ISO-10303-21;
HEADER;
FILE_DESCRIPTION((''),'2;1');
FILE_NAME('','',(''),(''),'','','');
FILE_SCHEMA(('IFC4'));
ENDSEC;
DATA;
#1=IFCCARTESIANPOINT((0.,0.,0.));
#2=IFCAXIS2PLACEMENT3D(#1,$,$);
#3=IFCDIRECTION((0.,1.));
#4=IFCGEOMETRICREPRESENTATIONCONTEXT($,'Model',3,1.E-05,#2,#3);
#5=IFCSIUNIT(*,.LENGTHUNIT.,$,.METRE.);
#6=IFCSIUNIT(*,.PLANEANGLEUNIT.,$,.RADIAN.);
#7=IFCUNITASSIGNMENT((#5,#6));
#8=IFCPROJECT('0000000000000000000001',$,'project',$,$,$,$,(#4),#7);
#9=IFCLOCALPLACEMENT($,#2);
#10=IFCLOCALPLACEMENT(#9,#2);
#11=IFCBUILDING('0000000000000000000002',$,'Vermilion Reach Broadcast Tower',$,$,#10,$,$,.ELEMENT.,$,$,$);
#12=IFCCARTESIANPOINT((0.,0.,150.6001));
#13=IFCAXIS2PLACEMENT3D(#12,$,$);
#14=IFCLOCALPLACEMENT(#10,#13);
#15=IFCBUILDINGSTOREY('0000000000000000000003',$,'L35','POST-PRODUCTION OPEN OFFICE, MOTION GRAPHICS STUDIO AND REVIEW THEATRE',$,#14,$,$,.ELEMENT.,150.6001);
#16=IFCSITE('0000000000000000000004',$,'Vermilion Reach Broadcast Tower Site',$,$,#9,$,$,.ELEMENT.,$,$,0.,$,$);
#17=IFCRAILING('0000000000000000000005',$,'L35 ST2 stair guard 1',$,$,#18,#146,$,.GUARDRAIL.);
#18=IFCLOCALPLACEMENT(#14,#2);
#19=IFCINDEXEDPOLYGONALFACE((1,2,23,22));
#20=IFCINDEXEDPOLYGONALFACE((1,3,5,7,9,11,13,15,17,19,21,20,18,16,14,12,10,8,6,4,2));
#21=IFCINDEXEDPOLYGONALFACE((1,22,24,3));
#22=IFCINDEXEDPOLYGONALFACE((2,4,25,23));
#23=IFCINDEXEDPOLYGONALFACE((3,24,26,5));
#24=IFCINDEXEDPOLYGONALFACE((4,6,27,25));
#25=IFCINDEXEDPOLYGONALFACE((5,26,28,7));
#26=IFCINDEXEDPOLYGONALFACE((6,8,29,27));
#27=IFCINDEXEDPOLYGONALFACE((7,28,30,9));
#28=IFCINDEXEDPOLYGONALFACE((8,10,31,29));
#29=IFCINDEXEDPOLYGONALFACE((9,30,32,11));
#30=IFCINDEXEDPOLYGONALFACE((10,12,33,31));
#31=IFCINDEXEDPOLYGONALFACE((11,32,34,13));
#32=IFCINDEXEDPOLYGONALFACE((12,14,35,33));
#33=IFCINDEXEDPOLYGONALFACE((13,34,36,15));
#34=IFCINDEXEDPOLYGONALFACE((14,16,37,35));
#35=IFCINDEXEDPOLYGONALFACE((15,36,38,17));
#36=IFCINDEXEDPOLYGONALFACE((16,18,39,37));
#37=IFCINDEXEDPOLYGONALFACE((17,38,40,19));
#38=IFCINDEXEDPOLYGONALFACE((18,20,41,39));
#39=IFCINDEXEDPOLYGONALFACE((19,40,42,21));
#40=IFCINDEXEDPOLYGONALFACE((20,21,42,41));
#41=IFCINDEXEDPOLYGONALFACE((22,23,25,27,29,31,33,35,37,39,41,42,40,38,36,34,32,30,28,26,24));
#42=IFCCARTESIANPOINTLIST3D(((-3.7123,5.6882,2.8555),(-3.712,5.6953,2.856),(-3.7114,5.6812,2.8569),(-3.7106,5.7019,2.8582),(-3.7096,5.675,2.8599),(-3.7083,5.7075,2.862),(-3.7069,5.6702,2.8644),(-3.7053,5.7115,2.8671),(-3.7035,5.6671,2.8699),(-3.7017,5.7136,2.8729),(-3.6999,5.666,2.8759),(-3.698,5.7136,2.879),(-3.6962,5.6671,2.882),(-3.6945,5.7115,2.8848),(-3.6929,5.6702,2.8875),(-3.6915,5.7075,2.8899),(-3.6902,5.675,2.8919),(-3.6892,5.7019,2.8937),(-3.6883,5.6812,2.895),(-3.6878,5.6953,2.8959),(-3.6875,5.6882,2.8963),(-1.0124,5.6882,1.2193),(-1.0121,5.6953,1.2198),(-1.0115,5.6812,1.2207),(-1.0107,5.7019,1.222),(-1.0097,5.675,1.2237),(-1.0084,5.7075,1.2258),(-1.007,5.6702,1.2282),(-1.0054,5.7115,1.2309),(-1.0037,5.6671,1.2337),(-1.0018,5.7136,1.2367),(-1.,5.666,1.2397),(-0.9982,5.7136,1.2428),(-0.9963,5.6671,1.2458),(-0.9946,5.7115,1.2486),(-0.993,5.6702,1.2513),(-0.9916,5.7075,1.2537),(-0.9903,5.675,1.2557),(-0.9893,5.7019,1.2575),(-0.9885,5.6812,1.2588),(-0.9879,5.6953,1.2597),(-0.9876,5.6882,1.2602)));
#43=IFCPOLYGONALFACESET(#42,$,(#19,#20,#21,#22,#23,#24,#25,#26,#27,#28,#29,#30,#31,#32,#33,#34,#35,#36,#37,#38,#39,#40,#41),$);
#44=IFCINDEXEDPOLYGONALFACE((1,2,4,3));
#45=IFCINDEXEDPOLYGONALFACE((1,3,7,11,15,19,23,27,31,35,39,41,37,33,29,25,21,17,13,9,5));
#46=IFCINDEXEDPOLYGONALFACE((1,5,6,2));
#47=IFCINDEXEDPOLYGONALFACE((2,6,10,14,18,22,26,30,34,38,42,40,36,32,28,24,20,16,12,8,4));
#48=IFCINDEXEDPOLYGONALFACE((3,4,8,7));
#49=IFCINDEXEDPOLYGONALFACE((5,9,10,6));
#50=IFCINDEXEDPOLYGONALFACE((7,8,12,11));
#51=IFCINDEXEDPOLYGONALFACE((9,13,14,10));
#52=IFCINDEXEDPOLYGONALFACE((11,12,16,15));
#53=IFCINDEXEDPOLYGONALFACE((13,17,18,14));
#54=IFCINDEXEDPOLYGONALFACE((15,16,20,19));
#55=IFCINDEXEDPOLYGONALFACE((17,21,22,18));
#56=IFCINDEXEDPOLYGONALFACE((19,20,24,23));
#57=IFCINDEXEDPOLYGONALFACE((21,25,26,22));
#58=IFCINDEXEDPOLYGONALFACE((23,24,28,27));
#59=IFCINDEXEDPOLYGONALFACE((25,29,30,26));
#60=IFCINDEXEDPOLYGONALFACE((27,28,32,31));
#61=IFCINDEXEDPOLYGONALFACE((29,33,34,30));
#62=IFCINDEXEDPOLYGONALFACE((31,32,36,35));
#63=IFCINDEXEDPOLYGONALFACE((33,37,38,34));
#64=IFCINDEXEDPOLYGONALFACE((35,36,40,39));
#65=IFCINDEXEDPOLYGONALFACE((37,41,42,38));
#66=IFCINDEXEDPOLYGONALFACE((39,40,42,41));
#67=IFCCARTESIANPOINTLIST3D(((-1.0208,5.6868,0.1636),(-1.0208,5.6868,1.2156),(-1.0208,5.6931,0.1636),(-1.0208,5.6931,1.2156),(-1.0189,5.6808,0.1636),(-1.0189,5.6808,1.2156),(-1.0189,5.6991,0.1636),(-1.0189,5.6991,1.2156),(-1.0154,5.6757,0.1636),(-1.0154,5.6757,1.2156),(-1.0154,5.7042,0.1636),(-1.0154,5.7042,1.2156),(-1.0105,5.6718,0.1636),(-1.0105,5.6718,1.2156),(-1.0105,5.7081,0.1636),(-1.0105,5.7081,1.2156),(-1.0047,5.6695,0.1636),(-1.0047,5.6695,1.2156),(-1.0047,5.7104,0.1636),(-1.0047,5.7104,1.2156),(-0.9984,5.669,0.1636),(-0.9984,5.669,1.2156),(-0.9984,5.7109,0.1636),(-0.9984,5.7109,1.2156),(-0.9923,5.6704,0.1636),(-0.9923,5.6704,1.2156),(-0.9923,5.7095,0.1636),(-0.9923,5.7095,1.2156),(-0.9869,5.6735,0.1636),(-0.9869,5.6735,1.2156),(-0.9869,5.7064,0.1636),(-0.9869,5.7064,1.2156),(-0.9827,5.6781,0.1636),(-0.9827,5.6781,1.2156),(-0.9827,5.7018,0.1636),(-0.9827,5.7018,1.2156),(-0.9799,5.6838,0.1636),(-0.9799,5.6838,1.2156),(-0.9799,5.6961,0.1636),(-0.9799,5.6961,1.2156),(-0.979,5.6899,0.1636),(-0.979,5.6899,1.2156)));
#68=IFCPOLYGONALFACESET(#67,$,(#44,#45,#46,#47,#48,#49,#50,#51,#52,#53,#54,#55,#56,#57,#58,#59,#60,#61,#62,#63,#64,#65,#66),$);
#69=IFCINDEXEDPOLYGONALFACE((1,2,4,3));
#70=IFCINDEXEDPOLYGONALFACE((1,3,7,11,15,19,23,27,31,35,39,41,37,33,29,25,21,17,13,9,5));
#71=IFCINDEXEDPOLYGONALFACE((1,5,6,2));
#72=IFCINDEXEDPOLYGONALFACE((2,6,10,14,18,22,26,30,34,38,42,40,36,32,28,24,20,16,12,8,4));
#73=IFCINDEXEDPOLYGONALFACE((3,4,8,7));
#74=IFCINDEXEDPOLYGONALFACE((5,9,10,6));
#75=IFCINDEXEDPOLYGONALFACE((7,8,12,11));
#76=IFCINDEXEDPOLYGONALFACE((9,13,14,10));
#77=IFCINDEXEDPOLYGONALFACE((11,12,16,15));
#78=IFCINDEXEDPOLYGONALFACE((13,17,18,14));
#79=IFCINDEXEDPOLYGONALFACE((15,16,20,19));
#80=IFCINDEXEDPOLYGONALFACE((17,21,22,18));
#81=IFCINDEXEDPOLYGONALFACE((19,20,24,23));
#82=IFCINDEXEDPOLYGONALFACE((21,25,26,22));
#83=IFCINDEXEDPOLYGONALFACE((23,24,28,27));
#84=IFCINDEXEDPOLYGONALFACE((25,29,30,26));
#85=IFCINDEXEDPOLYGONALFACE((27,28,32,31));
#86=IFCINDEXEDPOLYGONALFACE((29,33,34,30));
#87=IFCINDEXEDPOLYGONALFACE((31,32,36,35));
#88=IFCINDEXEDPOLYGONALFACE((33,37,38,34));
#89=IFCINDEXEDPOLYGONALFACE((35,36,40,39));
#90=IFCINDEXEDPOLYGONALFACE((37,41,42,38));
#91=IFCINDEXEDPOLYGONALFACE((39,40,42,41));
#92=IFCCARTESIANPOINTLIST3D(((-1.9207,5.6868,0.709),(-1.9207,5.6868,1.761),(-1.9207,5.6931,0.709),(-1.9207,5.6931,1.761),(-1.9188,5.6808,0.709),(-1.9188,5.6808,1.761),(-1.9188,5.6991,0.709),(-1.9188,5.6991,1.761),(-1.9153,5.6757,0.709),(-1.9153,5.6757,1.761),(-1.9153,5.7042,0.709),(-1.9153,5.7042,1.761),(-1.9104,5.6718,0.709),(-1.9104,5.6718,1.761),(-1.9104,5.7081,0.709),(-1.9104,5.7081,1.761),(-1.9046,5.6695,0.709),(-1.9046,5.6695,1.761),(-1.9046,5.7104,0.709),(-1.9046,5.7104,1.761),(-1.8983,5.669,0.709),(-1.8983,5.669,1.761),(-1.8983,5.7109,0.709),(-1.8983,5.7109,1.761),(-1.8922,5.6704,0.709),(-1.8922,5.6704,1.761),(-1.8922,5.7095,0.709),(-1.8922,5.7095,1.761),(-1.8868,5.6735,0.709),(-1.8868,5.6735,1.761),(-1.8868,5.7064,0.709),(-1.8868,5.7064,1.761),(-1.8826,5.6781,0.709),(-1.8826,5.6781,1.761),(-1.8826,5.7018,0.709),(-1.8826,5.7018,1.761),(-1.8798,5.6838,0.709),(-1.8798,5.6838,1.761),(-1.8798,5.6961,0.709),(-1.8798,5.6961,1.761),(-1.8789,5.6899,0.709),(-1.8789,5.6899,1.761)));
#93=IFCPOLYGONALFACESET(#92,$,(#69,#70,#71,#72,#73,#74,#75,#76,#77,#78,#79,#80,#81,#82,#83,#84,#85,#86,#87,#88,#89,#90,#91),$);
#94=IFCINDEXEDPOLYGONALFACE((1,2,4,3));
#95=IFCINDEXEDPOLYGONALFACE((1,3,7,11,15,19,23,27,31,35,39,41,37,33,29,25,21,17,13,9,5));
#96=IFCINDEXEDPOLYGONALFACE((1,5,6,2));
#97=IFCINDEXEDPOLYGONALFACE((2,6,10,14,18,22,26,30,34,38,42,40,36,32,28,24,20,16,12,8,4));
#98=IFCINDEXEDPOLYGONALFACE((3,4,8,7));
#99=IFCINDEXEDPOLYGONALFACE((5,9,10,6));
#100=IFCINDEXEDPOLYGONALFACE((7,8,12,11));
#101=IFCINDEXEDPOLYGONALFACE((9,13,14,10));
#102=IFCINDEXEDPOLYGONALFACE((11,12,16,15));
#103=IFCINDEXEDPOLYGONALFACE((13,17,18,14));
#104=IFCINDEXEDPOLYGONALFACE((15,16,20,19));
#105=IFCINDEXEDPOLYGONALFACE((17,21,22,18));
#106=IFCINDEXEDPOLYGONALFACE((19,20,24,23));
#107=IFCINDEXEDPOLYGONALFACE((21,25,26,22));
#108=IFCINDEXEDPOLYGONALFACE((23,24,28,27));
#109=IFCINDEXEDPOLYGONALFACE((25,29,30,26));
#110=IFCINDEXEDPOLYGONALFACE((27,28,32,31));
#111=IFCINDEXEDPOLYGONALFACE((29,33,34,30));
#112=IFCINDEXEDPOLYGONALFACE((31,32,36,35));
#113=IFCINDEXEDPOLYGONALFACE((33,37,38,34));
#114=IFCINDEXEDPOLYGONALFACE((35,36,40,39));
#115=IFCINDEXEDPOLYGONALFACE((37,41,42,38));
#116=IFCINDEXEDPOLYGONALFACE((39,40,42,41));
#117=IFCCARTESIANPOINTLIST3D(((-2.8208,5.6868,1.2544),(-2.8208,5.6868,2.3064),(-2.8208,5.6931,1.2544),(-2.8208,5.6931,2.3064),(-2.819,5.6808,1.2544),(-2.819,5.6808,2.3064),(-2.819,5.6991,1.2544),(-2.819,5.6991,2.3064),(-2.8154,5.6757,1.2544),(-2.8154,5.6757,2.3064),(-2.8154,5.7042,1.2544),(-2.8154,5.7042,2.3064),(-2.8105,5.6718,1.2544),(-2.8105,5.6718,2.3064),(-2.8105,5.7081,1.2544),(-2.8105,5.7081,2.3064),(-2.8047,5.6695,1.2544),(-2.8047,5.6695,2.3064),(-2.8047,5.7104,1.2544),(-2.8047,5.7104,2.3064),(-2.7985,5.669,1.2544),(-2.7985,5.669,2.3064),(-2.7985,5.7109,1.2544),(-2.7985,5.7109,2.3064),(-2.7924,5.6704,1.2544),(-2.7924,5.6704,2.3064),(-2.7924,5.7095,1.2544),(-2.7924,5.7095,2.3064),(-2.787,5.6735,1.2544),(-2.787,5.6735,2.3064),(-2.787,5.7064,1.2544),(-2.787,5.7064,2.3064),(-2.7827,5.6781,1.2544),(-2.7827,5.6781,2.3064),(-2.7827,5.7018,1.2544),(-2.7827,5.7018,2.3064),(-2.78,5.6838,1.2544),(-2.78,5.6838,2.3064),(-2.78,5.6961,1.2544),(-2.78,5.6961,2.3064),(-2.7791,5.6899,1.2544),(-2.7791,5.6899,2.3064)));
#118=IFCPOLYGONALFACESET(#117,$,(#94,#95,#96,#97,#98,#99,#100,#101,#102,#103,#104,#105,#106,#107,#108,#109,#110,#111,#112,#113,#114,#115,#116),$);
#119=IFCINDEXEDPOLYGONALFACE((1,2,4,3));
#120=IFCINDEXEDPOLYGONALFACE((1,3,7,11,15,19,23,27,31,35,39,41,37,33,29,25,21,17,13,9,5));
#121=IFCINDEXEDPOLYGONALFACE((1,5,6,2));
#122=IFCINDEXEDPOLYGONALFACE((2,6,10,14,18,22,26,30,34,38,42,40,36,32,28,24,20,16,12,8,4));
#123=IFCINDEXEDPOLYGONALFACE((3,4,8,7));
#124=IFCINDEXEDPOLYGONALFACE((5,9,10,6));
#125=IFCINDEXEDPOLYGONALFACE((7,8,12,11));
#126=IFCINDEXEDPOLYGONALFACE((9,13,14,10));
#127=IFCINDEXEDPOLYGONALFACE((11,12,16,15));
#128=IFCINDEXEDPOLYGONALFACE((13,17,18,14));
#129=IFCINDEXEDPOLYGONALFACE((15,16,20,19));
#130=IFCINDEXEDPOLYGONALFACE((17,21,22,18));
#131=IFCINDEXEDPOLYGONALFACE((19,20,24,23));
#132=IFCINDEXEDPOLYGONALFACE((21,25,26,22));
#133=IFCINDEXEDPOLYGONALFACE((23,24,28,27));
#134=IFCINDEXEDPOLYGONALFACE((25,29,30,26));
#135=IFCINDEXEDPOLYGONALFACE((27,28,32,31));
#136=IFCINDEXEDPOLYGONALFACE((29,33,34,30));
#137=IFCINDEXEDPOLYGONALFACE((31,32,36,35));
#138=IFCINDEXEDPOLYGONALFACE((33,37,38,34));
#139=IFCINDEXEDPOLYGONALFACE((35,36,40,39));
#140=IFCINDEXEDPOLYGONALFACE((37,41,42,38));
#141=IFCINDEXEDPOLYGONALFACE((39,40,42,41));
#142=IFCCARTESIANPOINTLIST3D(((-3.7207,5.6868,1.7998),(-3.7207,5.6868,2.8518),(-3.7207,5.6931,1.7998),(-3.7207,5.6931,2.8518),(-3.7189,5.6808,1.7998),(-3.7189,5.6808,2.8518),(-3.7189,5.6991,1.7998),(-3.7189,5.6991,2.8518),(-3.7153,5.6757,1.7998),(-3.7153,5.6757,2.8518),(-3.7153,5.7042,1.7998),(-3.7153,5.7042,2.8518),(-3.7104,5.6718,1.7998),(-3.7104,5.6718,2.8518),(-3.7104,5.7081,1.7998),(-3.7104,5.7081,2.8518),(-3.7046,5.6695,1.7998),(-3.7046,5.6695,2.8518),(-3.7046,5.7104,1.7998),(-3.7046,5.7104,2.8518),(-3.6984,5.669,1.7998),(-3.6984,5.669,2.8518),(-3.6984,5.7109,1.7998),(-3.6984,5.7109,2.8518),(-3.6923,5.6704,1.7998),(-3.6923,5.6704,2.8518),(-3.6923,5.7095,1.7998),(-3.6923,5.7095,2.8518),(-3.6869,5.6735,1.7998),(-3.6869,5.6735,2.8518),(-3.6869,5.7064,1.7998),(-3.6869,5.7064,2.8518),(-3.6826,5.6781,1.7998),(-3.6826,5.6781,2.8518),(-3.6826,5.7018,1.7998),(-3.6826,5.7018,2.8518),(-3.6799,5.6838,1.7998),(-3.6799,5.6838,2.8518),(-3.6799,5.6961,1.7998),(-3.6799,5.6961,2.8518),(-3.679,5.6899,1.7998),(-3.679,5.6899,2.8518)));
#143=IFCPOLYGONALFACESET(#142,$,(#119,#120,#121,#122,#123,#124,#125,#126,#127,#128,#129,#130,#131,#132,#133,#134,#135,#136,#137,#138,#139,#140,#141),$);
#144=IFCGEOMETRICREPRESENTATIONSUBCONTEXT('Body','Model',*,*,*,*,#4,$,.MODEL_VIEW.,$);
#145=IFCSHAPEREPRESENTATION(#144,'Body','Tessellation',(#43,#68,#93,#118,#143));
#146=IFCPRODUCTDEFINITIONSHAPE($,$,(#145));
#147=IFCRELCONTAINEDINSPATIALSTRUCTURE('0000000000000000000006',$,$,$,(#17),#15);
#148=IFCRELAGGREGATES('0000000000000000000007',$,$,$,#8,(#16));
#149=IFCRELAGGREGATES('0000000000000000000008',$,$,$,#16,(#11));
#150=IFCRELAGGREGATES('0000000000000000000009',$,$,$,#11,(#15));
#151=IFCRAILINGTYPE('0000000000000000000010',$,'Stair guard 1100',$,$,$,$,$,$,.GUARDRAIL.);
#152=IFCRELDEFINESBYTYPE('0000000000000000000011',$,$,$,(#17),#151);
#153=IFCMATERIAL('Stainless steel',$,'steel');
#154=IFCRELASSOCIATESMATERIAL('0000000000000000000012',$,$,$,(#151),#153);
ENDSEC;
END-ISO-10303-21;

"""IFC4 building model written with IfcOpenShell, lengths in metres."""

from ifc_helpers import new_model, si_unit, direction, frame, origin, origin_2d, place, context, subcontext, project, spatial, circle, extrude, material, type_object, element, save


model = new_model("IFC4")

# Units and contexts
model_context = context("Model", 3, precision=1e-05, world=origin(), true_north=direction((0.0, 1.0)))
body_context = subcontext(model_context, "Body", "Model", "MODEL_VIEW")
ifc_project = project(units=[si_unit("LENGTHUNIT", "METRE"), si_unit("PLANEANGLEUNIT", "RADIAN")], contexts=[model_context])

# Site, building, storey
site_placement = place(None, origin())
site = spatial("IfcSite", under=ifc_project, at=site_placement, Name="Vermilion Reach Broadcast Tower Site", CompositionType="ELEMENT", RefElevation=0.0)
building_placement = place(site_placement, origin())
building = spatial("IfcBuilding", under=site, at=building_placement, Name="Vermilion Reach Broadcast Tower", CompositionType="ELEMENT")
storey_placement = place(building_placement, frame((0.0, 0.0, 150.6001)))
storey = spatial("IfcBuildingStorey", under=building, at=storey_placement, Name="L35", Description="POST-PRODUCTION OPEN OFFICE, MOTION GRAPHICS STUDIO AND REVIEW THEATRE", CompositionType="ELEMENT", Elevation=150.6001)

# Railing
ifc_material_1 = material(Name="Stainless steel", Category="steel")
railing_type_1 = type_object("IfcRailingType", Name="Stair guard 1100", PredefinedType="GUARDRAIL", material=ifc_material_1)
railing_1_placement = place(storey_placement, frame((-1.0, 5.6899, 0.1636)))
element("IfcRailing", 1, at=railing_1_placement, inside=storey, type_object=railing_type_1, Name="L35 ST2 stair guard 1", PredefinedType="GUARDRAIL", context=body_context, shape_type="SweptSolid", body=[
    extrude(circle(Radius=0.0239, at=origin_2d()), frame((0.0, 0.0, 1.0762), z_axis=(-0.855212, 0.0, 0.518278), x_axis=(0.0, -1.0, 0.0)), (0.0, 0.0, 1.0), 3.157),
    extrude(circle(Radius=0.021, at=origin_2d()), origin(), (0.0, 0.0, 1.0), 1.052),
    extrude(circle(Radius=0.021, at=origin_2d()), frame((-0.8999, 0.0, 0.5454)), (0.0, 0.0, 1.0), 1.052),
    extrude(circle(Radius=0.021, at=origin_2d()), frame((-1.8, 0.0, 1.0908)), (0.0, 0.0, 1.0), 1.052),
    extrude(circle(Radius=0.021, at=origin_2d()), frame((-2.7, 0.0, 1.6362)), (0.0, 0.0, 1.0), 1.052),
])

save(model, "model.ifc")
